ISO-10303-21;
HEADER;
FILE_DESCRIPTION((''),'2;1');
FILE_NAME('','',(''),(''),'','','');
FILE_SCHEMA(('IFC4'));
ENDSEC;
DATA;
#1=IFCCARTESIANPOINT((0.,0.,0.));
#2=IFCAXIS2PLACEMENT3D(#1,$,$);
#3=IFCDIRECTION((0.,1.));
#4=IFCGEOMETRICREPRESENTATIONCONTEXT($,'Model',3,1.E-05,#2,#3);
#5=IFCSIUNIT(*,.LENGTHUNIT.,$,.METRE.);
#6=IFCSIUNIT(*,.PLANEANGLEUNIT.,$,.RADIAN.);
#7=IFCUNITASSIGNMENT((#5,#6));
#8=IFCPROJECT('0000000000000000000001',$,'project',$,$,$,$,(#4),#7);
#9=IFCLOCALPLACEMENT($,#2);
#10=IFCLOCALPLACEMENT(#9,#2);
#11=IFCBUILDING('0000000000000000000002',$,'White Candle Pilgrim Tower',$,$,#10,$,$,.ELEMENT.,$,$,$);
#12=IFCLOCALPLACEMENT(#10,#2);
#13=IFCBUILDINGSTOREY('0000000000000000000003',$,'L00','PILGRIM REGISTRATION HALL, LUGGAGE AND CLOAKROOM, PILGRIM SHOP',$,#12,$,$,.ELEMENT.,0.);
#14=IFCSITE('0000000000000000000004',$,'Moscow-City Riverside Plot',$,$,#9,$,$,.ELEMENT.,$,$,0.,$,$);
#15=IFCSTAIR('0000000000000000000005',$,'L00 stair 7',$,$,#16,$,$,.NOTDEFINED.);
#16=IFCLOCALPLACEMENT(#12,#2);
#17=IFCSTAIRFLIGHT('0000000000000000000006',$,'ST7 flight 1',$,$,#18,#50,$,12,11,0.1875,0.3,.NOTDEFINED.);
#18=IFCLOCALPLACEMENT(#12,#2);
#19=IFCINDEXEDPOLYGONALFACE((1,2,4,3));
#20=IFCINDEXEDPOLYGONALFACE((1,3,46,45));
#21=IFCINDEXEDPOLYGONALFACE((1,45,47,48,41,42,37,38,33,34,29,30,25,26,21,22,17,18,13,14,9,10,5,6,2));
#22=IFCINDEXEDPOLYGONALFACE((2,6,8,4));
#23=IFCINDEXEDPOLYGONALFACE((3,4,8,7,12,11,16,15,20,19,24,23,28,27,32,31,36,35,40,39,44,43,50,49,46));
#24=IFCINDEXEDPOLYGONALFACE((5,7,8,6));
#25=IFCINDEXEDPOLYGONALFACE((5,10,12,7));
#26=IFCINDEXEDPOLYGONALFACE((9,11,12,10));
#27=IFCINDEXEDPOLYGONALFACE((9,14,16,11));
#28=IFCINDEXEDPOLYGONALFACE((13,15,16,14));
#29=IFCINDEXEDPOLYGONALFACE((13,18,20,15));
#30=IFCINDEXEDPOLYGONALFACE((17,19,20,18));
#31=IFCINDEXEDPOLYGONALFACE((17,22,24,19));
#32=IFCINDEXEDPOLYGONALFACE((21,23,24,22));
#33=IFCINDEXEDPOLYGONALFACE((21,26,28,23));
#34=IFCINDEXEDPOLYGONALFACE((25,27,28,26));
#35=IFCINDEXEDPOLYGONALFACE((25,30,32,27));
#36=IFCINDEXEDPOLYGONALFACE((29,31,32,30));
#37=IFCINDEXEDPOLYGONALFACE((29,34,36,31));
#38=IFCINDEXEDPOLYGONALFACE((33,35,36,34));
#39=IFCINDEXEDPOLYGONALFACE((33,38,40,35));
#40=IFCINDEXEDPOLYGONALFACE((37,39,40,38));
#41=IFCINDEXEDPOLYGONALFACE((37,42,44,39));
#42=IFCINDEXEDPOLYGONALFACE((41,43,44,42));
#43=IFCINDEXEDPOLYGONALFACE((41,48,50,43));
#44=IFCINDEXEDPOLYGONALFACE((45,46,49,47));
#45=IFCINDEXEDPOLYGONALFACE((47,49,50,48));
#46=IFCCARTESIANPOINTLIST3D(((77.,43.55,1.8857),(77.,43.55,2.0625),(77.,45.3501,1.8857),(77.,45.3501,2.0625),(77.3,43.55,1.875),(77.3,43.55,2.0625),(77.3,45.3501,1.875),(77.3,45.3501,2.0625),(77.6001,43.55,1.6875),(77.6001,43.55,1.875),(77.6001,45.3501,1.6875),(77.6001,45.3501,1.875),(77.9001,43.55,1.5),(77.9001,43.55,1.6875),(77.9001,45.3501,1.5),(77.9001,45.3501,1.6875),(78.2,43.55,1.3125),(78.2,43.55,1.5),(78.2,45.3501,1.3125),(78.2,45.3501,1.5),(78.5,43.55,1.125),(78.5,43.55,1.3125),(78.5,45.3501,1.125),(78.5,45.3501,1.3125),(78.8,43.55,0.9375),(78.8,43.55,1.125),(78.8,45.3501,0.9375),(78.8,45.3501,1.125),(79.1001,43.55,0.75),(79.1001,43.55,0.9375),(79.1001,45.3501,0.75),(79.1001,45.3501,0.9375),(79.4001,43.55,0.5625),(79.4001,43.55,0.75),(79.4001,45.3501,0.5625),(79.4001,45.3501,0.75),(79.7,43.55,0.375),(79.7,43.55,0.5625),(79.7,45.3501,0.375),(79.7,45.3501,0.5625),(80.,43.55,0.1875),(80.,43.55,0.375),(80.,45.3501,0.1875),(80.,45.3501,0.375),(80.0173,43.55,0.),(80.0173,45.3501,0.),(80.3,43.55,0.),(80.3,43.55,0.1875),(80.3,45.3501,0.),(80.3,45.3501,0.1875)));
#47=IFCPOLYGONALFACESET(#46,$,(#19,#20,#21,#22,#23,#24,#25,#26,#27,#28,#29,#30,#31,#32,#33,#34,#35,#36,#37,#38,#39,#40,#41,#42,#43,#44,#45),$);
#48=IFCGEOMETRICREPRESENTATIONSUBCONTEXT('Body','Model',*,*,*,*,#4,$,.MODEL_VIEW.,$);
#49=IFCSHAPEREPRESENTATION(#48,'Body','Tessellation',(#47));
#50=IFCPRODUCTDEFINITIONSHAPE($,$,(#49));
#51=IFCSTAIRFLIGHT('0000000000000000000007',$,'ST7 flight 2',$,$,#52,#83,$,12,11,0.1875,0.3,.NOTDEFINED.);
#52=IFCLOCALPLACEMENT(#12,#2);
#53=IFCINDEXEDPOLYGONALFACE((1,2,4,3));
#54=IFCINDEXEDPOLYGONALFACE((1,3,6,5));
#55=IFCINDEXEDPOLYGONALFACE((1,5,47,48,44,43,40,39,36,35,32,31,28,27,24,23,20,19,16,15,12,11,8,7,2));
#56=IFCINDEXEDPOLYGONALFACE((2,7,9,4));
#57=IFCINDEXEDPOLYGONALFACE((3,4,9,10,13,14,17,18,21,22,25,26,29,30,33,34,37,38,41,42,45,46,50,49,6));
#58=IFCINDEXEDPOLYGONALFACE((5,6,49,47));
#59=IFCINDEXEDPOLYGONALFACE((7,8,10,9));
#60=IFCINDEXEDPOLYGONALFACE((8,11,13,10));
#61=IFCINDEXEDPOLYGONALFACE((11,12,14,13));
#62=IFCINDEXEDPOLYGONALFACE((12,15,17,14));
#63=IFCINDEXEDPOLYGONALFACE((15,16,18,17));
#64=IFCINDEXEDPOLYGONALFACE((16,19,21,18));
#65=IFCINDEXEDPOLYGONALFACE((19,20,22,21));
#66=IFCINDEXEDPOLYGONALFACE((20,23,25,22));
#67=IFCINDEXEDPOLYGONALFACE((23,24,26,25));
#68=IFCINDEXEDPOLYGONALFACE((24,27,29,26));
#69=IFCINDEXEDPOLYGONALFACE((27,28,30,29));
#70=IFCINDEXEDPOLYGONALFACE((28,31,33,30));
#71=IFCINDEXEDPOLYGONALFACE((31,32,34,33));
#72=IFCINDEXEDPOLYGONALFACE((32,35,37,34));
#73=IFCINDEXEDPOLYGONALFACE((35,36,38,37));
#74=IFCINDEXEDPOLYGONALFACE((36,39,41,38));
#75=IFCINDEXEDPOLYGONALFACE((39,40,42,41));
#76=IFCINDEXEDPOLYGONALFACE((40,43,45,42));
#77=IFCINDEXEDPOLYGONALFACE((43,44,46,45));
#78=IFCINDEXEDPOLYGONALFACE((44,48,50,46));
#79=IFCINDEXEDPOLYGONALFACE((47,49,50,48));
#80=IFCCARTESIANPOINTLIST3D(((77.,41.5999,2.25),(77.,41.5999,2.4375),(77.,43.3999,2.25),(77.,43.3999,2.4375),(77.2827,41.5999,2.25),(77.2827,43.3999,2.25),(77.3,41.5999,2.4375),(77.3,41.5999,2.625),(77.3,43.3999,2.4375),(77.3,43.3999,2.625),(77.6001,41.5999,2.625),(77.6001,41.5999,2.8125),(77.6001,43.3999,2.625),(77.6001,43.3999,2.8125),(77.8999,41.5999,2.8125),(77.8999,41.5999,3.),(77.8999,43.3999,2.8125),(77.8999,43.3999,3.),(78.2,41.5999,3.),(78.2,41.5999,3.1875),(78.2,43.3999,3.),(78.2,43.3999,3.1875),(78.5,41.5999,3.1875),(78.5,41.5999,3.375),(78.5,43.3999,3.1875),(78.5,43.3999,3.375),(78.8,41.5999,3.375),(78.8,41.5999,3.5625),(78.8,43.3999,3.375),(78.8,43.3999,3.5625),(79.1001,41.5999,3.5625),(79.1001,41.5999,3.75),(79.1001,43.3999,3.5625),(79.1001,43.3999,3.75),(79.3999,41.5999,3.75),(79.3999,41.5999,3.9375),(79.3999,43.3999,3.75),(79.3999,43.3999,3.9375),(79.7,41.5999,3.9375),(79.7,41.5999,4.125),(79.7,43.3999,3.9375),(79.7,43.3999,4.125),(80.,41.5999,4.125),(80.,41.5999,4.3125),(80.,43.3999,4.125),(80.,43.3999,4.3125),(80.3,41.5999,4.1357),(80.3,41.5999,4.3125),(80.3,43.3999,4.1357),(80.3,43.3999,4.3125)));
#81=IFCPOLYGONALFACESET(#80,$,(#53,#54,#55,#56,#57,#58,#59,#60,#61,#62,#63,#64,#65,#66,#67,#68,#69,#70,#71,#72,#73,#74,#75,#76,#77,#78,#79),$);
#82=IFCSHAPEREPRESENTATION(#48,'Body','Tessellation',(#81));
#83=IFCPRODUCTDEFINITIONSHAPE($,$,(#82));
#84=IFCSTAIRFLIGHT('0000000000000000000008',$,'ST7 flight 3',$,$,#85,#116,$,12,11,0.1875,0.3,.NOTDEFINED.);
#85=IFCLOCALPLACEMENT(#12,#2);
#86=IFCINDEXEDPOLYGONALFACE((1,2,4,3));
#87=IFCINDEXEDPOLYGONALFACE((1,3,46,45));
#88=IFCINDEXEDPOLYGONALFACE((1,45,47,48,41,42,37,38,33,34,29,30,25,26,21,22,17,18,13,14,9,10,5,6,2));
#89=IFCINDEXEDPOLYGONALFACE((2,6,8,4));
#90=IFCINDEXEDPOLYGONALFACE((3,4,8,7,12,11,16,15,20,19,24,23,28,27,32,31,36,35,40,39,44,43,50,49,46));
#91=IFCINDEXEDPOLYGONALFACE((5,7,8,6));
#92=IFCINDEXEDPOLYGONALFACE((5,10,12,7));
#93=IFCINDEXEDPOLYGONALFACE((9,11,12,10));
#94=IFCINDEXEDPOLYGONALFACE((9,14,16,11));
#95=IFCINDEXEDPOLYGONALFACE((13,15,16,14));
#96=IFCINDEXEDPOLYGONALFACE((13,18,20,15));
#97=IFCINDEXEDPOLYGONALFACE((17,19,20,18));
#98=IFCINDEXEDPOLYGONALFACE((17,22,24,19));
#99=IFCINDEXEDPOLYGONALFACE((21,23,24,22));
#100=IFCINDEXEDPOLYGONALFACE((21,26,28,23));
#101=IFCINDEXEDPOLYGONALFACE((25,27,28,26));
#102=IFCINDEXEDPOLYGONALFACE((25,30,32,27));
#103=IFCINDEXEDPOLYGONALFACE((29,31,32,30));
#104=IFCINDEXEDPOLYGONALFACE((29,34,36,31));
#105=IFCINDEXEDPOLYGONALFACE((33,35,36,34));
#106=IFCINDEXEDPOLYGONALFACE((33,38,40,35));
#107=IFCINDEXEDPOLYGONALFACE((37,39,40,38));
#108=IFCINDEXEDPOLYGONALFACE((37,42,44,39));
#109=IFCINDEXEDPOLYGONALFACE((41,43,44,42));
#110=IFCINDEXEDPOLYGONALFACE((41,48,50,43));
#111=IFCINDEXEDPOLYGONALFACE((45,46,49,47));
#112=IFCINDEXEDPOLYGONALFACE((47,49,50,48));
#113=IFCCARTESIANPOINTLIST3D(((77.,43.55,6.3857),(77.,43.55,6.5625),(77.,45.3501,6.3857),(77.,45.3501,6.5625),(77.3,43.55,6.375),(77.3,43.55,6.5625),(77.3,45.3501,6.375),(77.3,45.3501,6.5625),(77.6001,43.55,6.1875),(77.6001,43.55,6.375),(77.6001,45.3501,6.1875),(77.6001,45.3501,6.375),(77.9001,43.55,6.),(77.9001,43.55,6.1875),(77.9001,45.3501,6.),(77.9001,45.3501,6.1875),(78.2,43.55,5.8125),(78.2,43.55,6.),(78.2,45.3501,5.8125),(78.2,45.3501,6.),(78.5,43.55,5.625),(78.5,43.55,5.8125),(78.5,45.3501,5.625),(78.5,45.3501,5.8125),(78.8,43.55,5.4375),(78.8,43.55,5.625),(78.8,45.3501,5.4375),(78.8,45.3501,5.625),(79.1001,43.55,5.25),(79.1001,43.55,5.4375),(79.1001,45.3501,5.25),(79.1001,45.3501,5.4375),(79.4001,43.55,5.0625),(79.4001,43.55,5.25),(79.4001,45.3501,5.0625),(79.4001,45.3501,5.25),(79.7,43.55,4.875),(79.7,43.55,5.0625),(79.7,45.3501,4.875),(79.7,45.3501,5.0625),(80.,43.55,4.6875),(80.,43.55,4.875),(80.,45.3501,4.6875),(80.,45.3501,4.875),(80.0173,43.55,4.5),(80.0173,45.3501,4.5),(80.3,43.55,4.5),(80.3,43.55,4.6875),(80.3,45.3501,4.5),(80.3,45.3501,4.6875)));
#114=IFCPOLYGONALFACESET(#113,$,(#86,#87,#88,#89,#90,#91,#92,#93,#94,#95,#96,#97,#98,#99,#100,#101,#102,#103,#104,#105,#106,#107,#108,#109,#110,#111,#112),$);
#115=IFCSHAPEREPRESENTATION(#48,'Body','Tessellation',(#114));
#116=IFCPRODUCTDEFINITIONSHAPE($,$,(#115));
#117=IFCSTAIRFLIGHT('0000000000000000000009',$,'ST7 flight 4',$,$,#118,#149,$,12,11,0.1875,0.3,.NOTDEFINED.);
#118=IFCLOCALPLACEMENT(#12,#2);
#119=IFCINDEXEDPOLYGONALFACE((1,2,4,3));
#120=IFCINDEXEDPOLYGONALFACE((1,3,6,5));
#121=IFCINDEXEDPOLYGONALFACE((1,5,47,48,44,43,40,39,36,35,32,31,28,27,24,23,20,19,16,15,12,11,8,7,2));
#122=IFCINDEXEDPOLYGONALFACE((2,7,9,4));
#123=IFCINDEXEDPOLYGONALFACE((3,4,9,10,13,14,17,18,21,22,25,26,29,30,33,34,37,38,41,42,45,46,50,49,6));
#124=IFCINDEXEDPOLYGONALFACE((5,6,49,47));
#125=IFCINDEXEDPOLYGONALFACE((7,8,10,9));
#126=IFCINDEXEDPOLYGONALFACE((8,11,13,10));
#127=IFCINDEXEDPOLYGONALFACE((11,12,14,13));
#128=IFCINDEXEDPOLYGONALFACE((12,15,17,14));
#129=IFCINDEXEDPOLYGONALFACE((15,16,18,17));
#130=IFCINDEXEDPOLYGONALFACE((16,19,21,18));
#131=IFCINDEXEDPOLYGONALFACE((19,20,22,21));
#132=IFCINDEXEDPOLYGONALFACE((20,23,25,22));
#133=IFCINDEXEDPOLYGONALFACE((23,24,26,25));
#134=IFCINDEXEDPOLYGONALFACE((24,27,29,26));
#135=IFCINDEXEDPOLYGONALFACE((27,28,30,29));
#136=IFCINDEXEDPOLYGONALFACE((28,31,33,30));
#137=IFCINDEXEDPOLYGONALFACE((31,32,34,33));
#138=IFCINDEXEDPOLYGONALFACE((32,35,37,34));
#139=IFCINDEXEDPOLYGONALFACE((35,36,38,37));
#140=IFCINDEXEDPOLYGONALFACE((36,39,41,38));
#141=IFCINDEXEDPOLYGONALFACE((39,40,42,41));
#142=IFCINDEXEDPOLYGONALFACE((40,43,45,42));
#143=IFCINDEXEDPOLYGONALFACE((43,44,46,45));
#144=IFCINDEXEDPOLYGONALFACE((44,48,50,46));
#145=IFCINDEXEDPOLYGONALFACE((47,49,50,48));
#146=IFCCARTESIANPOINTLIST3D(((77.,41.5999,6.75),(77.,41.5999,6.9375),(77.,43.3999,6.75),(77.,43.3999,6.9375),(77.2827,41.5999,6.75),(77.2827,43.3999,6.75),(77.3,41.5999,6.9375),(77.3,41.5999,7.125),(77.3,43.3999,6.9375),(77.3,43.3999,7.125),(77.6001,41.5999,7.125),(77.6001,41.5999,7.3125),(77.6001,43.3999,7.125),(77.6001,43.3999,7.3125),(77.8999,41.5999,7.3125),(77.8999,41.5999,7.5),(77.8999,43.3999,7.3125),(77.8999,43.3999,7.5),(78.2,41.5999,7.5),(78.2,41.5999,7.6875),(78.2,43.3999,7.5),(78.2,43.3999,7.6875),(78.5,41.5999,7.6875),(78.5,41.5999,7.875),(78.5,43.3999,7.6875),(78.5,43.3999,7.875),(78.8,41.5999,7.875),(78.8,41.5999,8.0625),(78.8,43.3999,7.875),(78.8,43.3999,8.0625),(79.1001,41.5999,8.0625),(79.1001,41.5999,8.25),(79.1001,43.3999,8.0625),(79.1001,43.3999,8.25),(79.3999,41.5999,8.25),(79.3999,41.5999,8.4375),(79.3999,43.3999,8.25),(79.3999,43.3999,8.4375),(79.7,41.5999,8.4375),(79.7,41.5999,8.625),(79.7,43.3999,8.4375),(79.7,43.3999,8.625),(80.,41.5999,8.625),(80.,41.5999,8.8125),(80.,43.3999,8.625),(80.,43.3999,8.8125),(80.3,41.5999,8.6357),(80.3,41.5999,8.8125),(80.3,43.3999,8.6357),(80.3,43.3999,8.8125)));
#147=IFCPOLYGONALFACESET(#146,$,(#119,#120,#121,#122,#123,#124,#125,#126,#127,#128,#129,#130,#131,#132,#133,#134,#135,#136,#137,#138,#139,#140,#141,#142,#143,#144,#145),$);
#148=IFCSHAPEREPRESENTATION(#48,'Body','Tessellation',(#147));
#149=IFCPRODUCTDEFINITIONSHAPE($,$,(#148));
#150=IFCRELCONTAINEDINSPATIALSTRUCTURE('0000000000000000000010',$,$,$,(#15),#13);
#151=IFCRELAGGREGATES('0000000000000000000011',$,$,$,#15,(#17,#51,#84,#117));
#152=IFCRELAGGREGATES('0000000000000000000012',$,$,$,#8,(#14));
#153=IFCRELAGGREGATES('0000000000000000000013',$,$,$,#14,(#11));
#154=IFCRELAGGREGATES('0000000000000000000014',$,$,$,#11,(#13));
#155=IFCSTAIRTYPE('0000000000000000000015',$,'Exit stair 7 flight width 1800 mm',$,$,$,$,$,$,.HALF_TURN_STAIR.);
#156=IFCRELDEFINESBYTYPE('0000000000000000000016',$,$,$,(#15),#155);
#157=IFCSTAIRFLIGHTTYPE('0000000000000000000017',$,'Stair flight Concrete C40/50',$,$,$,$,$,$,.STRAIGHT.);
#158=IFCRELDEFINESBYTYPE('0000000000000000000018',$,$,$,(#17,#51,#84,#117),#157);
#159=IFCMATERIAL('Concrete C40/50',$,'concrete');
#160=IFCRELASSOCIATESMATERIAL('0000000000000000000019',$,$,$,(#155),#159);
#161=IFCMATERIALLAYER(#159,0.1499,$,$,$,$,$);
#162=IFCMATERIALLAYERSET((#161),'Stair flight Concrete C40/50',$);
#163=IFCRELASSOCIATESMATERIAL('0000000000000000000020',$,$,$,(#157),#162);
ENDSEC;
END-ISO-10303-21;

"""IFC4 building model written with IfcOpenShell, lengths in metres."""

from ifc_helpers import new_model, si_unit, direction, frame, origin, place, context, subcontext, project, spatial, polyline, outline, extrude, material, layer, layer_set, type_object, element, aggregate, save


model = new_model("IFC4")

# Units and contexts
model_context = context("Model", 3, precision=1e-05, world=origin(), true_north=direction((0.0, 1.0)))
body_context = subcontext(model_context, "Body", "Model", "MODEL_VIEW")
ifc_project = project(units=[si_unit("LENGTHUNIT", "METRE"), si_unit("PLANEANGLEUNIT", "RADIAN")], contexts=[model_context])

# Site, building, storey
site_placement = place(None, origin())
site = spatial("IfcSite", under=ifc_project, at=site_placement, Name="Moscow-City Riverside Plot", CompositionType="ELEMENT", RefElevation=0.0)
building_placement = place(site_placement, origin())
building = spatial("IfcBuilding", under=site, at=building_placement, Name="White Candle Pilgrim Tower", CompositionType="ELEMENT")
storey_placement = place(building_placement, origin())
storey = spatial("IfcBuildingStorey", under=building, at=storey_placement, Name="L00", Description="PILGRIM REGISTRATION HALL, LUGGAGE AND CLOAKROOM, PILGRIM SHOP", CompositionType="ELEMENT", Elevation=0.0)

# Stair, stair flights
ifc_material_1 = material(Name="Concrete C40/50", Category="concrete")
stair_type = type_object("IfcStairType", Name="Exit stair 7 flight width 1800 mm", PredefinedType="HALF_TURN_STAIR", material=ifc_material_1)
stair_placement = place(storey_placement, origin())
stair = element("IfcStair", 1, at=stair_placement, inside=storey, type_object=stair_type, Name="L00 stair 7", PredefinedType="NOTDEFINED")
ifc_layer_1 = layer(ifc_material_1, 0.1499)
ifc_layer_set_1 = layer_set([ifc_layer_1], Name="Stair flight Concrete C40/50")
stair_flight_type = type_object("IfcStairFlightType", Name="Stair flight Concrete C40/50", PredefinedType="STRAIGHT", material=ifc_layer_set_1)
stair_flight_1_placement = place(storey_placement, frame((80.3, 44.45, 0.0), z_axis=(0.0, 0.0, 1.0), x_axis=(-1.0, 0.0, 0.0)))
stair_flight_1 = element("IfcStairFlight", 2, at=stair_flight_1_placement, type_object=stair_flight_type, Name="ST7 flight 1", NumberOfRisers=12, NumberOfTreads=11, PredefinedType="NOTDEFINED", RiserHeight=0.1875, TreadLength=0.3, context=body_context, shape_type="SweptSolid", body=[
    extrude(outline(polyline([(0.0, 0.0), (0.0, 0.1875), (0.3, 0.1875), (0.3, 0.375), (0.6001, 0.375), (0.6001, 0.5625), (0.8999, 0.5625), (0.8999, 0.75), (1.2, 0.75), (1.2, 0.9375), (1.5, 0.9375), (1.5, 1.125), (1.8, 1.125), (1.8, 1.3125), (2.1001, 1.3125), (2.1001, 1.5), (2.3999, 1.5), (2.3999, 1.6875), (2.7, 1.6875), (2.7, 1.875), (3.0, 1.875), (3.0, 2.0625), (3.3, 2.0625), (3.3, 2.25), (3.3, 1.8857), (0.2827, 0.0), (0.0, 0.0)])), frame((0.0, 0.8999, 0.0), z_axis=(0.0, -1.0, 0.0), x_axis=(1.0, 0.0, 0.0)), (0.0, 0.0, 1.0), 1.8),
])
stair_flight_2_placement = place(storey_placement, frame((77.0, 42.5, 2.25), z_axis=(0.0, 0.0, 1.0), x_axis=(1.0, 0.0, 0.0)))
stair_flight_2 = element("IfcStairFlight", 3, at=stair_flight_2_placement, type_object=stair_flight_type, Name="ST7 flight 2", NumberOfRisers=12, NumberOfTreads=11, PredefinedType="NOTDEFINED", RiserHeight=0.1875, TreadLength=0.3, context=body_context, shape_type="SweptSolid", body=[
    extrude(outline(polyline([(0.0, 0.0), (0.0, 0.1875), (0.3, 0.1875), (0.3, 0.375), (0.6001, 0.375), (0.6001, 0.5625), (0.8999, 0.5625), (0.8999, 0.75), (1.2, 0.75), (1.2, 0.9375), (1.5, 0.9375), (1.5, 1.125), (1.8, 1.125), (1.8, 1.3125), (2.1001, 1.3125), (2.1001, 1.5), (2.3999, 1.5), (2.3999, 1.6875), (2.7, 1.6875), (2.7, 1.875), (3.0, 1.875), (3.0, 2.0625), (3.3, 2.0625), (3.3, 2.25), (3.3, 1.8857), (0.2827, 0.0), (0.0, 0.0)])), frame((0.0, 0.8999, 0.0), z_axis=(0.0, -1.0, 0.0), x_axis=(1.0, 0.0, 0.0)), (0.0, 0.0, 1.0), 1.8),
])
stair_flight_3_placement = place(storey_placement, frame((80.3, 44.45, 4.5), z_axis=(0.0, 0.0, 1.0), x_axis=(-1.0, 0.0, 0.0)))
stair_flight_3 = element("IfcStairFlight", 4, at=stair_flight_3_placement, type_object=stair_flight_type, Name="ST7 flight 3", NumberOfRisers=12, NumberOfTreads=11, PredefinedType="NOTDEFINED", RiserHeight=0.1875, TreadLength=0.3, context=body_context, shape_type="SweptSolid", body=[
    extrude(outline(polyline([(0.0, 0.0), (0.0, 0.1875), (0.3, 0.1875), (0.3, 0.375), (0.6001, 0.375), (0.6001, 0.5625), (0.8999, 0.5625), (0.8999, 0.75), (1.2, 0.75), (1.2, 0.9375), (1.5, 0.9375), (1.5, 1.125), (1.8, 1.125), (1.8, 1.3125), (2.1001, 1.3125), (2.1001, 1.5), (2.3999, 1.5), (2.3999, 1.6875), (2.7, 1.6875), (2.7, 1.875), (3.0, 1.875), (3.0, 2.0625), (3.3, 2.0625), (3.3, 2.25), (3.3, 1.8857), (0.2827, 0.0), (0.0, 0.0)])), frame((0.0, 0.8999, 0.0), z_axis=(0.0, -1.0, 0.0), x_axis=(1.0, 0.0, 0.0)), (0.0, 0.0, 1.0), 1.8),
])
stair_flight_4_placement = place(storey_placement, frame((77.0, 42.5, 6.75), z_axis=(0.0, 0.0, 1.0), x_axis=(1.0, 0.0, 0.0)))
stair_flight_4 = element("IfcStairFlight", 5, at=stair_flight_4_placement, type_object=stair_flight_type, Name="ST7 flight 4", NumberOfRisers=12, NumberOfTreads=11, PredefinedType="NOTDEFINED", RiserHeight=0.1875, TreadLength=0.3, context=body_context, shape_type="SweptSolid", body=[
    extrude(outline(polyline([(0.0, 0.0), (0.0, 0.1875), (0.3, 0.1875), (0.3, 0.375), (0.6001, 0.375), (0.6001, 0.5625), (0.8999, 0.5625), (0.8999, 0.75), (1.2, 0.75), (1.2, 0.9375), (1.5, 0.9375), (1.5, 1.125), (1.8, 1.125), (1.8, 1.3125), (2.1001, 1.3125), (2.1001, 1.5), (2.3999, 1.5), (2.3999, 1.6875), (2.7, 1.6875), (2.7, 1.875), (3.0, 1.875), (3.0, 2.0625), (3.3, 2.0625), (3.3, 2.25), (3.3, 1.8857), (0.2827, 0.0), (0.0, 0.0)])), frame((0.0, 0.8999, 0.0), z_axis=(0.0, -1.0, 0.0), x_axis=(1.0, 0.0, 0.0)), (0.0, 0.0, 1.0), 1.8),
])
aggregate(stair, [stair_flight_1, stair_flight_2, stair_flight_3, stair_flight_4])

save(model, "model.ifc")
